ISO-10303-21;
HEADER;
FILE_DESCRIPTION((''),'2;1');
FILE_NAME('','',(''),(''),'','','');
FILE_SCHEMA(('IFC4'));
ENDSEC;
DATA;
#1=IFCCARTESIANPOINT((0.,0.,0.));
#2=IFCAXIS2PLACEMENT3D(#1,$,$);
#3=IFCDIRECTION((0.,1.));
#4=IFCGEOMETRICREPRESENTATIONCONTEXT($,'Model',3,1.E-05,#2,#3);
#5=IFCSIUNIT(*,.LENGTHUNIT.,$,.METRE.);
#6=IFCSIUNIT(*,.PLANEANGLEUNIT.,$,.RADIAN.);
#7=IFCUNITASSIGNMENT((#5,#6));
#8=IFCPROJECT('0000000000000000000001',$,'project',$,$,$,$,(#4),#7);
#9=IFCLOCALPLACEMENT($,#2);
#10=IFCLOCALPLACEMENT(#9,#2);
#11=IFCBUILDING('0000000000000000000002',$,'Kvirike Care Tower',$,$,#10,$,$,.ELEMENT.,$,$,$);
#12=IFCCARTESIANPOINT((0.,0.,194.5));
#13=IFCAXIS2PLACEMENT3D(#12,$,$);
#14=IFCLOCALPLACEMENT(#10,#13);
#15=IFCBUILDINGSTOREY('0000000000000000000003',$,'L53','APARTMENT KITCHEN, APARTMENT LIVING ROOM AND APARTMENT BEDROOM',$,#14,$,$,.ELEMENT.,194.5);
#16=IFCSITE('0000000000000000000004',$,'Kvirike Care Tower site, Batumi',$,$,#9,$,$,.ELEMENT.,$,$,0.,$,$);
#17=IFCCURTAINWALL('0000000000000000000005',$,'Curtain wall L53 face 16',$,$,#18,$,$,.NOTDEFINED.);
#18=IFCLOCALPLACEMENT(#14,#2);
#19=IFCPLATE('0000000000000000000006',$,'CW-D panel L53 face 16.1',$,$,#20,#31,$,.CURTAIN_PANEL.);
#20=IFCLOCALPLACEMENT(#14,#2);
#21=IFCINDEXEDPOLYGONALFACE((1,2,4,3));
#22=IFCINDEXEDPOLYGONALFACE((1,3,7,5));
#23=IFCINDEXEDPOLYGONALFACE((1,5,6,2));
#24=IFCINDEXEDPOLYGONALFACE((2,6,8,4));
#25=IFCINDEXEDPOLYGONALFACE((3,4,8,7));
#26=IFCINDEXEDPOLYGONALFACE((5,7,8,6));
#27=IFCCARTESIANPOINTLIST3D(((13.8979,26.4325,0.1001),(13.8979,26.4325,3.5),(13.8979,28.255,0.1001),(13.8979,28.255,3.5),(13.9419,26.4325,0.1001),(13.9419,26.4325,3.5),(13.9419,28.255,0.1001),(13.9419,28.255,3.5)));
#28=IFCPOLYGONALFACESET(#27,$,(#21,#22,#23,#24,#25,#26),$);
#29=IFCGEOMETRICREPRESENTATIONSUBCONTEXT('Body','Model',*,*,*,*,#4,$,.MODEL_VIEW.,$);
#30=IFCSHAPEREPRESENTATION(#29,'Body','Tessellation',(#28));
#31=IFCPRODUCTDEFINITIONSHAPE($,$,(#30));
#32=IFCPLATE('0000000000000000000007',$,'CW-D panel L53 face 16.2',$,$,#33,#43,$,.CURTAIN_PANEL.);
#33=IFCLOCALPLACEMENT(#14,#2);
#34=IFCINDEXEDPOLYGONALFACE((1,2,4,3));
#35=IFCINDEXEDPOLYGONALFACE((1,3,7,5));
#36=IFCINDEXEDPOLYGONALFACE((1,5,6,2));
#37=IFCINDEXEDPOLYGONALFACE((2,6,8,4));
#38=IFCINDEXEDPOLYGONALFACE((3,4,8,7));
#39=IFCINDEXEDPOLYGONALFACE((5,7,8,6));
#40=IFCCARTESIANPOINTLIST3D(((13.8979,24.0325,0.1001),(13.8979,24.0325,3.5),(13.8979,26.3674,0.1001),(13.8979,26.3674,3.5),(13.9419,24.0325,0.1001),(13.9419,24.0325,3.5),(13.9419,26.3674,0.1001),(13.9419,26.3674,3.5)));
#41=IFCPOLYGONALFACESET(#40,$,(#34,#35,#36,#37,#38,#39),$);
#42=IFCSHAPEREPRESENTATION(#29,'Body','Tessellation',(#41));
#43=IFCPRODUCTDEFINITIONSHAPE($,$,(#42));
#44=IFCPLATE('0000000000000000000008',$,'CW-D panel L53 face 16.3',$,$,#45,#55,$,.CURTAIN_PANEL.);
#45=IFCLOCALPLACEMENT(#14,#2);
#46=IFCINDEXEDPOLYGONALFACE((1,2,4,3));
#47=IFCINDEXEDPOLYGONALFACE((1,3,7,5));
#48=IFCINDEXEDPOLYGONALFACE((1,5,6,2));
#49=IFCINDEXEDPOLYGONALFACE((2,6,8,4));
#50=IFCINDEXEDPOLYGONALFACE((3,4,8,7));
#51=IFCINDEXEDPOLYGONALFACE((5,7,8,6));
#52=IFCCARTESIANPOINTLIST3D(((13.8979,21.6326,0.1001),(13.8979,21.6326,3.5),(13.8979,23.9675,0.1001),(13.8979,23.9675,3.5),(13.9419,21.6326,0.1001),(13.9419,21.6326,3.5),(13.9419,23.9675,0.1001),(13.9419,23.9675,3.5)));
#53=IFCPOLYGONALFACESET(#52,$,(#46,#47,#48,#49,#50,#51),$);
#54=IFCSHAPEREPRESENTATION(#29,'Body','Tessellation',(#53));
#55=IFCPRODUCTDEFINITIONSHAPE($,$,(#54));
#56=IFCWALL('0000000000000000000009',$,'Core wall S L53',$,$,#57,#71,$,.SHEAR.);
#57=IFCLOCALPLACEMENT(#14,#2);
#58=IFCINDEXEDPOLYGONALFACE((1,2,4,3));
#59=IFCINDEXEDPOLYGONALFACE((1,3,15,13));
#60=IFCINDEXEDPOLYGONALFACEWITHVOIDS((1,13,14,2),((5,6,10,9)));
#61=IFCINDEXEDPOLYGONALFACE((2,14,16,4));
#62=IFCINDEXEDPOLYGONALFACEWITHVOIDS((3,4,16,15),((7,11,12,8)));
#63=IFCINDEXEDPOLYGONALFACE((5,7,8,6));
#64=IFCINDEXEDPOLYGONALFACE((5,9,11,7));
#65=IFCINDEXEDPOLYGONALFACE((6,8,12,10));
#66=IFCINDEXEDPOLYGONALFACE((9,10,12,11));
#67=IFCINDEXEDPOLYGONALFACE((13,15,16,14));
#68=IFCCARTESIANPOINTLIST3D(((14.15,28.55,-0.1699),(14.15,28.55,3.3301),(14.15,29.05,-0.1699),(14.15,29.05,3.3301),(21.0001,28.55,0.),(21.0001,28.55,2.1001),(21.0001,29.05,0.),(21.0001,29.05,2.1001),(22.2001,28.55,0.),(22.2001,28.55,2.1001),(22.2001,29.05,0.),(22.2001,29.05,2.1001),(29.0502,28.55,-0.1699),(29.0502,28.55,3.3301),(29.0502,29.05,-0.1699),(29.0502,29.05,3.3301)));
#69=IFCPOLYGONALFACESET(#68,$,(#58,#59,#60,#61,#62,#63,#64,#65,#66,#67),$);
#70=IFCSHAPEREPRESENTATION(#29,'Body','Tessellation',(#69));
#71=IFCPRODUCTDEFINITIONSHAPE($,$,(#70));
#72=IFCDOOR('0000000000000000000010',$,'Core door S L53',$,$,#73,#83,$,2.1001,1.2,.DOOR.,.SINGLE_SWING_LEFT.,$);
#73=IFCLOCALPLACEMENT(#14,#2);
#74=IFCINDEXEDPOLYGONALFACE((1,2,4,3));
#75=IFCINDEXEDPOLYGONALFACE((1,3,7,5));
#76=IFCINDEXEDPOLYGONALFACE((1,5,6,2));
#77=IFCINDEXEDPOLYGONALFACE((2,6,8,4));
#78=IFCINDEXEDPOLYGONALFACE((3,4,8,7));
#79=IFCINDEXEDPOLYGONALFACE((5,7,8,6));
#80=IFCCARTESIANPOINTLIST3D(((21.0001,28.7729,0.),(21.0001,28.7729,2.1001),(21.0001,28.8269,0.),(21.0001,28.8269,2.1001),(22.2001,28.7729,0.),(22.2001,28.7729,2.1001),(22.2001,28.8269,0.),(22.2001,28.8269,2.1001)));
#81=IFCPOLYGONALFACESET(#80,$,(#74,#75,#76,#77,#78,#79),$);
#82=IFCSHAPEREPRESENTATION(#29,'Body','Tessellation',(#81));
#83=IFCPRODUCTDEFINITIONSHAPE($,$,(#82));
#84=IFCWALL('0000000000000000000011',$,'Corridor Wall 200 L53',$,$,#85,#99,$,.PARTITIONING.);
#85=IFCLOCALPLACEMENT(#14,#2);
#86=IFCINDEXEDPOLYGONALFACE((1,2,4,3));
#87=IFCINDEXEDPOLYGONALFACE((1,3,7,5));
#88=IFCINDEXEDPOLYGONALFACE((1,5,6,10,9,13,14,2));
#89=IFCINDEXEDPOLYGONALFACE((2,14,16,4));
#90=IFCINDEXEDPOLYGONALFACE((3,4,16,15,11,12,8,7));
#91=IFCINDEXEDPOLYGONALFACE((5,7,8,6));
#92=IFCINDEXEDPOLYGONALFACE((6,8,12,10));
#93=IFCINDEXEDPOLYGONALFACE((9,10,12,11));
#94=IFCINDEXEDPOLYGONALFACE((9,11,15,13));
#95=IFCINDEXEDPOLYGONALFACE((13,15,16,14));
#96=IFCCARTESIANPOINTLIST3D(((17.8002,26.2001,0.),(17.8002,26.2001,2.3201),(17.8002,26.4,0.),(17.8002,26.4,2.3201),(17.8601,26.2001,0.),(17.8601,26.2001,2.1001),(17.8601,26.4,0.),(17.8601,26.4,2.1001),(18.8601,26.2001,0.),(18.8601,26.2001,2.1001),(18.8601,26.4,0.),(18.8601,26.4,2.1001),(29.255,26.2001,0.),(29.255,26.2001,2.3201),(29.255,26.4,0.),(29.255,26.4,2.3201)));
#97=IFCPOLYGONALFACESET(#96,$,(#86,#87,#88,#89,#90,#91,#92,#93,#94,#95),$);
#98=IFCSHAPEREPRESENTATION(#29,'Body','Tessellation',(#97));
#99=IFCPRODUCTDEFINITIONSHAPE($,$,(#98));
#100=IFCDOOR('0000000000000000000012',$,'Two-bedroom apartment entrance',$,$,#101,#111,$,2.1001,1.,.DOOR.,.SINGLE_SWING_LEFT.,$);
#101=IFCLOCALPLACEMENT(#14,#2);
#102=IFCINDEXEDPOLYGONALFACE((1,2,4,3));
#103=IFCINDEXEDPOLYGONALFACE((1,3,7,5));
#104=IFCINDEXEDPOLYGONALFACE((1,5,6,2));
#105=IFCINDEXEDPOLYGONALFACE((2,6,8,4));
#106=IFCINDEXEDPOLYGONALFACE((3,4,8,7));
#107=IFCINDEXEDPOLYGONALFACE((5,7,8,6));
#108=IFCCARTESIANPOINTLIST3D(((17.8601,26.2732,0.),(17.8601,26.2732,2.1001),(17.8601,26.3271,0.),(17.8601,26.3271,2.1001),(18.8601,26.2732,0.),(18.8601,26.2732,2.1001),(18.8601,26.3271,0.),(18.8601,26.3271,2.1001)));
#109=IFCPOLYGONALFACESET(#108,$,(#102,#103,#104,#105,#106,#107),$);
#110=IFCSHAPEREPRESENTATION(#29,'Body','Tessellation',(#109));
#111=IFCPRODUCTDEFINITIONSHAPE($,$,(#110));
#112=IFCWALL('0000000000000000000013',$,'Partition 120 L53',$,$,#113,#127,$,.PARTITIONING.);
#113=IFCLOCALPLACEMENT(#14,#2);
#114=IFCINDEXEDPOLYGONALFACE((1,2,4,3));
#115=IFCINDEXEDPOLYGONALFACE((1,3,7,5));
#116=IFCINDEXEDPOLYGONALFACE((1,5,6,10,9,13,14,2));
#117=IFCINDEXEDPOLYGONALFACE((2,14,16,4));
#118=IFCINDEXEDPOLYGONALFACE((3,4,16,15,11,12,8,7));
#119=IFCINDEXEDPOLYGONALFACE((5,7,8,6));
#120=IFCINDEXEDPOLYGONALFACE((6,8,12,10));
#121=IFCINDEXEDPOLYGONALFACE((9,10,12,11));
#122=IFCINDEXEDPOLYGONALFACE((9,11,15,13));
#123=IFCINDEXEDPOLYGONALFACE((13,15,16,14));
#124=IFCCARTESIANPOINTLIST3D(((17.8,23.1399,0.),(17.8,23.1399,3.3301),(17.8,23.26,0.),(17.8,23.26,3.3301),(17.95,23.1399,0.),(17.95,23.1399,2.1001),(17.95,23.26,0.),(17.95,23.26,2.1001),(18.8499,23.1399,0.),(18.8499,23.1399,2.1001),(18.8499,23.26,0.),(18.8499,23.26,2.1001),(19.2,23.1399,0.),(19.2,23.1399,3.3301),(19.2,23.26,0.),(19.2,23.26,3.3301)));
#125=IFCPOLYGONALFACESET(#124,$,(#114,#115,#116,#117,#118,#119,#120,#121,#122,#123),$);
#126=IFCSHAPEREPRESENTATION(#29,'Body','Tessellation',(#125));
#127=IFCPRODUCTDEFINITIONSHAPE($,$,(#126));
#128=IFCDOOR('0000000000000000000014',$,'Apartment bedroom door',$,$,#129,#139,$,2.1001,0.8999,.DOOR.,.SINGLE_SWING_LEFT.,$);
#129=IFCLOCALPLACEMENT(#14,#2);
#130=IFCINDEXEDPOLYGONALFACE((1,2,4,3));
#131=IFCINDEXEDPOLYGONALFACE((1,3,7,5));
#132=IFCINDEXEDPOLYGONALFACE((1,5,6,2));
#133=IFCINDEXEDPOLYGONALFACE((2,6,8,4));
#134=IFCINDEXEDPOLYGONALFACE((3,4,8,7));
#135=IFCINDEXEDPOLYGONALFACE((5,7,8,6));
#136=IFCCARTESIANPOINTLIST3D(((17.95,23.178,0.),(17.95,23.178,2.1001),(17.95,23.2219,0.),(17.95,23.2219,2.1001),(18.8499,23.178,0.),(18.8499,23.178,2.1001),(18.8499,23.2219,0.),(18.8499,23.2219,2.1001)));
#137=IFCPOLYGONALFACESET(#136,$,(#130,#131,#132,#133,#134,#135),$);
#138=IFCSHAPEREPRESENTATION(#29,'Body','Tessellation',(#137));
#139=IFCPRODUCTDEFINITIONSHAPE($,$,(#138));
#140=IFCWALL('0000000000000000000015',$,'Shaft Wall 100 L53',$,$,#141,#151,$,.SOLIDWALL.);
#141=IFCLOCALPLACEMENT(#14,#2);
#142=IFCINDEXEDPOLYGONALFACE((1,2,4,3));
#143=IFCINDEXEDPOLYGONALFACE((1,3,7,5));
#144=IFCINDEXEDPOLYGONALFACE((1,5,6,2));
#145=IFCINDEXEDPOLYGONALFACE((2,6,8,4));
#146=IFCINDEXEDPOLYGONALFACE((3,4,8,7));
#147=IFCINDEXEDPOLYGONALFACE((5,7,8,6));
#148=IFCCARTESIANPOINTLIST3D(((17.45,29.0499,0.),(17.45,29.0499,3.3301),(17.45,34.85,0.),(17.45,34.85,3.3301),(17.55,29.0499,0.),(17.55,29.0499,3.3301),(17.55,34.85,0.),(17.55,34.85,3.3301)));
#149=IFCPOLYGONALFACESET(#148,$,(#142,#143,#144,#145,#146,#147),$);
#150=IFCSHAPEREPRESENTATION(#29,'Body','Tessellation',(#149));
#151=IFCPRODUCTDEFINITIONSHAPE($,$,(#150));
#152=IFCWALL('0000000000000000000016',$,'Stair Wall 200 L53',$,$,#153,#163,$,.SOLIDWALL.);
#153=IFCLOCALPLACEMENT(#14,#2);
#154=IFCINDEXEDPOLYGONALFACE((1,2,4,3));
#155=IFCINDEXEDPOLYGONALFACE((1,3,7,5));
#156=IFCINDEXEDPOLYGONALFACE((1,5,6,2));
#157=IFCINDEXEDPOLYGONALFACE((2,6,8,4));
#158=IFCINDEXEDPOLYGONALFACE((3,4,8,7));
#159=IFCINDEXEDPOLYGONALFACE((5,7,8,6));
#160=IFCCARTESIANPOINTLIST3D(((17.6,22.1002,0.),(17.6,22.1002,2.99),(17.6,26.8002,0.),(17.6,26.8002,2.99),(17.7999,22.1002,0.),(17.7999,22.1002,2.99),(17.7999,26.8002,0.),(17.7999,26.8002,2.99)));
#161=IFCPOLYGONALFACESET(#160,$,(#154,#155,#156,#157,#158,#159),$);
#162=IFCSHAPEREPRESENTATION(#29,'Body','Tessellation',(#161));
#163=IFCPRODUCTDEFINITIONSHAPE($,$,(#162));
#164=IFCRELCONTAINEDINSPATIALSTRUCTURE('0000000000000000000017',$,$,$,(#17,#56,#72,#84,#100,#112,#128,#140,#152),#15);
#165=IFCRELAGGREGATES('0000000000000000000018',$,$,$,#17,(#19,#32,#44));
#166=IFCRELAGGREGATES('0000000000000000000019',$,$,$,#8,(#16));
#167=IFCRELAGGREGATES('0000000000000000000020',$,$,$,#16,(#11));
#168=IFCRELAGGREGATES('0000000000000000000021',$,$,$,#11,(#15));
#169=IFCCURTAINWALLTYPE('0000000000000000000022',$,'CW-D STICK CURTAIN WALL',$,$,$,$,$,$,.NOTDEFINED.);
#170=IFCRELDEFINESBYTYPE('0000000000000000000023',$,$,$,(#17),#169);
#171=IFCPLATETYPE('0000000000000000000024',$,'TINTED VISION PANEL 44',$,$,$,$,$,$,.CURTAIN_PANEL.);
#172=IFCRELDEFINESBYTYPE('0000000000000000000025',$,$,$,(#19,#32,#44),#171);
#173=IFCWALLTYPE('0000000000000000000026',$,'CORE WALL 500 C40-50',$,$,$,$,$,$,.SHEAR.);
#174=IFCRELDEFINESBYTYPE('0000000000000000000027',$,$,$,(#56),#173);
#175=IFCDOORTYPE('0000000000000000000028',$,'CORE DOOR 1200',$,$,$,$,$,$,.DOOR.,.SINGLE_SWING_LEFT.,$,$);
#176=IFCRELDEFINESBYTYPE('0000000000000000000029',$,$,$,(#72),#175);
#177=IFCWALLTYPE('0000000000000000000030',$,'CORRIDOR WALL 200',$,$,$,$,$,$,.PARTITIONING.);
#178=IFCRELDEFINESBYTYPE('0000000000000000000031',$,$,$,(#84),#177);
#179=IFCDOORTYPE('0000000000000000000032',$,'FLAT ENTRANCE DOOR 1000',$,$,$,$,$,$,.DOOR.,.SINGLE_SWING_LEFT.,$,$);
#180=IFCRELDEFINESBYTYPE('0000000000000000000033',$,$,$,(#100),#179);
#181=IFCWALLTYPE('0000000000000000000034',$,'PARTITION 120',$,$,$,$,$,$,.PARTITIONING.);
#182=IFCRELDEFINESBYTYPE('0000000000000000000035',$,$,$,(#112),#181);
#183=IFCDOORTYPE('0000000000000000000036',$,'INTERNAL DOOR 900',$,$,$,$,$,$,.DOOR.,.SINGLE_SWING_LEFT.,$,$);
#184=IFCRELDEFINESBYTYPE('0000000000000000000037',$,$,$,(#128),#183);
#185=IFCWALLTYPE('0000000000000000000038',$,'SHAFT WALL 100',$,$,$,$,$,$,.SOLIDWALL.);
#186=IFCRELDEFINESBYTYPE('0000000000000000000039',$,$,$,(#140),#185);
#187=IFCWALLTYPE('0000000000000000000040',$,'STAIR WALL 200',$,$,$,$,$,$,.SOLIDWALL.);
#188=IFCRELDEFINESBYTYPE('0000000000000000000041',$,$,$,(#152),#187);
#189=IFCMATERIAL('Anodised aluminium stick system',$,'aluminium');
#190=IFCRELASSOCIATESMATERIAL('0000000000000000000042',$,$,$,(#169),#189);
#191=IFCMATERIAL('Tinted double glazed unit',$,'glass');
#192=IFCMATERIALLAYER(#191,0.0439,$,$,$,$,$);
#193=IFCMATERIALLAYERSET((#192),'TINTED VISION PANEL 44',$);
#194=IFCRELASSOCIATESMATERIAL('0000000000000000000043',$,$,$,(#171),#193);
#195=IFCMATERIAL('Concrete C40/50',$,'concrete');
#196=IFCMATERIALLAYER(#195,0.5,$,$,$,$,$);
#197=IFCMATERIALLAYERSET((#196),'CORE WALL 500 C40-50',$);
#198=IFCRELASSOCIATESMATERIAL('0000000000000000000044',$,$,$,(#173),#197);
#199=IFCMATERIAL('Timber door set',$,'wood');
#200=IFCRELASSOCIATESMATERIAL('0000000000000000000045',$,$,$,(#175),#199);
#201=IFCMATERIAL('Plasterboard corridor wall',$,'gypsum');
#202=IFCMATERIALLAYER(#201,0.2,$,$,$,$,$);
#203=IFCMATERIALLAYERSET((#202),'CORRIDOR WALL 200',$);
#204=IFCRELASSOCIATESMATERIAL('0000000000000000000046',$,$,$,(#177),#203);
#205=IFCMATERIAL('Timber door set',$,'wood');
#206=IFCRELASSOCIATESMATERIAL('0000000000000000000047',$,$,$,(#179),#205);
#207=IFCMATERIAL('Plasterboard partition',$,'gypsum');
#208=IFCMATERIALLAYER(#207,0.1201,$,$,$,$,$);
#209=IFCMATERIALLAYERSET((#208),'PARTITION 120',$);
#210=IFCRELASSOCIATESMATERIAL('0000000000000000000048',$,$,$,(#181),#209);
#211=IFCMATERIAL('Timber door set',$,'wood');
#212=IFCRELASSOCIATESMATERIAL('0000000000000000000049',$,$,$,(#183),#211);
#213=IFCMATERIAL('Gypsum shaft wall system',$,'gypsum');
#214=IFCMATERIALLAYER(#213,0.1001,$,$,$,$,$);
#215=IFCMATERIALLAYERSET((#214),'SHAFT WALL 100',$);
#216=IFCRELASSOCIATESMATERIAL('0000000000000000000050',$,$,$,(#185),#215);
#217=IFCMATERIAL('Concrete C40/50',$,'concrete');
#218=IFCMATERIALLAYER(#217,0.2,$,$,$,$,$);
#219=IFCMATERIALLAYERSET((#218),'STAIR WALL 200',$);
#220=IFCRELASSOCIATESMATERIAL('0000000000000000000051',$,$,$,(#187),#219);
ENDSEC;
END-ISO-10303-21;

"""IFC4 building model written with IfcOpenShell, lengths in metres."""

from ifc_helpers import new_model, si_unit, direction, frame, frame_2d, origin, origin_2d, place, context, subcontext, project, spatial, rectangle, extrude, material, layer, layer_set, type_object, element, fill, aggregate, save


model = new_model("IFC4")

# Units and contexts
model_context = context("Model", 3, precision=1e-05, world=origin(), true_north=direction((0.0, 1.0)))
body_context = subcontext(model_context, "Body", "Model", "MODEL_VIEW")
ifc_project = project(units=[si_unit("LENGTHUNIT", "METRE"), si_unit("PLANEANGLEUNIT", "RADIAN")], contexts=[model_context])

# Site, building, storey
site_placement = place(None, origin())
site = spatial("IfcSite", under=ifc_project, at=site_placement, Name="Kvirike Care Tower site, Batumi", CompositionType="ELEMENT", RefElevation=0.0)
building_placement = place(site_placement, origin())
building = spatial("IfcBuilding", under=site, at=building_placement, Name="Kvirike Care Tower", CompositionType="ELEMENT")
storey_placement = place(building_placement, frame((0.0, 0.0, 194.5)))
storey = spatial("IfcBuildingStorey", under=building, at=storey_placement, Name="L53", Description="APARTMENT KITCHEN, APARTMENT LIVING ROOM AND APARTMENT BEDROOM", CompositionType="ELEMENT", Elevation=194.5)

# Shared definitions
ifc_material_1 = material(Name="Anodised aluminium stick system", Category="aluminium")
curtain_wall_type = type_object("IfcCurtainWallType", Name="CW-D STICK CURTAIN WALL", PredefinedType="NOTDEFINED", material=ifc_material_1)

# Curtain wall
curtain_wall_1_placement = place(storey_placement, origin())
curtain_wall_1 = element("IfcCurtainWall", 1, at=curtain_wall_1_placement, inside=storey, type_object=curtain_wall_type, Name="Curtain wall L53 face 16", PredefinedType="NOTDEFINED")

# Plates
ifc_material_2 = material(Name="Tinted double glazed unit", Category="glass")
ifc_layer_1 = layer(ifc_material_2, 0.0439)
ifc_layer_set_1 = layer_set([ifc_layer_1], Name="TINTED VISION PANEL 44")
plate_type = type_object("IfcPlateType", Name="TINTED VISION PANEL 44", PredefinedType="CURTAIN_PANEL", material=ifc_layer_set_1)
plate_1_placement = place(storey_placement, frame((13.9199, 27.3438, 0.1001), z_axis=(0.0, 0.0, 1.0), x_axis=(0.0, -1.0, 0.0)))
plate_1 = element("IfcPlate", 2, at=plate_1_placement, type_object=plate_type, Name="CW-D panel L53 face 16.1", PredefinedType="CURTAIN_PANEL", context=body_context, shape_type="SweptSolid", body=[
    extrude(rectangle(XDim=1.8225, YDim=0.0439, at=origin_2d()), origin(), (0.0, 0.0, 1.0), 3.3999),
])
plate_2_placement = place(storey_placement, frame((13.9199, 25.2, 0.1001), z_axis=(0.0, 0.0, 1.0), x_axis=(0.0, -1.0, 0.0)))
plate_2 = element("IfcPlate", 3, at=plate_2_placement, type_object=plate_type, Name="CW-D panel L53 face 16.2", PredefinedType="CURTAIN_PANEL", context=body_context, shape_type="SweptSolid", body=[
    extrude(rectangle(XDim=2.335, YDim=0.0439, at=origin_2d()), origin(), (0.0, 0.0, 1.0), 3.3999),
])
plate_3_placement = place(storey_placement, frame((13.9199, 22.8, 0.1001), z_axis=(0.0, 0.0, 1.0), x_axis=(0.0, -1.0, 0.0)))
plate_3 = element("IfcPlate", 4, at=plate_3_placement, type_object=plate_type, Name="CW-D panel L53 face 16.3", PredefinedType="CURTAIN_PANEL", context=body_context, shape_type="SweptSolid", body=[
    extrude(rectangle(XDim=2.335, YDim=0.0439, at=origin_2d()), origin(), (0.0, 0.0, 1.0), 3.3999),
])
aggregate(curtain_wall_1, [plate_1, plate_2, plate_3])

# Walls, openings, doors
ifc_material_3 = material(Name="Concrete C40/50", Category="concrete")
ifc_layer_2 = layer(ifc_material_3, 0.5)
ifc_layer_set_2 = layer_set([ifc_layer_2], Name="CORE WALL 500 C40-50")
wall_type_1 = type_object("IfcWallType", Name="CORE WALL 500 C40-50", PredefinedType="SHEAR", material=ifc_layer_set_2)
wall_1_placement = place(storey_placement, frame((14.1499, 28.8, -0.1699), z_axis=(0.0, 0.0, 1.0), x_axis=(1.0, 0.0, 0.0)))
wall_1 = element("IfcWall", 5, at=wall_1_placement, inside=storey, type_object=wall_type_1, Name="Core wall S L53", PredefinedType="SHEAR", context=body_context, shape_type="SweptSolid", body=[
    extrude(rectangle(XDim=14.9001, YDim=0.5, at=frame_2d((7.4502, 0.0))), origin(), (0.0, 0.0, 1.0), 3.5),
])
opening_1_placement = place(wall_1_placement, frame((6.8501, 0.0, 0.1699)))
opening_1 = element("IfcOpeningElement", 6, at=opening_1_placement, cuts=wall_1, PredefinedType="OPENING", context=body_context, shape_type="SweptSolid", body=[
    extrude(rectangle(XDim=1.2, YDim=2.1001, at=frame_2d((0.6001, 1.05))), frame((0.0, 0.2605, 0.0), z_axis=(0.0, -1.0, 0.0), x_axis=(1.0, 0.0, 0.0)), (0.0, 0.0, 1.0), 0.521),
])
ifc_material_4 = material(Name="Timber door set", Category="wood")
door_type_1 = type_object("IfcDoorType", Name="CORE DOOR 1200", OperationType="SINGLE_SWING_LEFT", PredefinedType="DOOR", material=ifc_material_4)
door_1_placement = place(opening_1_placement, origin())
door_1 = element("IfcDoor", 7, at=door_1_placement, inside=storey, type_object=door_type_1, Name="Core door S L53", OperationType="SINGLE_SWING_LEFT", OverallHeight=2.1001, OverallWidth=1.2, PredefinedType="DOOR", context=body_context, shape_type="SweptSolid", body=[
    extrude(rectangle(XDim=1.2, YDim=2.1001, at=frame_2d((0.6001, 1.05))), frame((0.0, 0.0269, 0.0), z_axis=(0.0, -1.0, 0.0), x_axis=(1.0, 0.0, 0.0)), (0.0, 0.0, 1.0), 0.054),
])
fill(opening_1, door_1)
ifc_material_5 = material(Name="Plasterboard corridor wall", Category="gypsum")
ifc_layer_3 = layer(ifc_material_5, 0.2)
ifc_layer_set_3 = layer_set([ifc_layer_3], Name="CORRIDOR WALL 200")
wall_type_2 = type_object("IfcWallType", Name="CORRIDOR WALL 200", PredefinedType="PARTITIONING", material=ifc_layer_set_3)
wall_2_placement = place(storey_placement, frame((17.8, 26.3, 0.0), z_axis=(0.0, 0.0, 1.0), x_axis=(1.0, 0.0, 0.0)))
wall_2 = element("IfcWall", 8, at=wall_2_placement, inside=storey, type_object=wall_type_2, Name="Corridor Wall 200 L53", PredefinedType="PARTITIONING", context=body_context, shape_type="SweptSolid", body=[
    extrude(rectangle(XDim=11.4548, YDim=0.2, at=frame_2d((5.7275, 0.0))), origin(), (0.0, 0.0, 1.0), 2.3201),
])
opening_2_placement = place(wall_2_placement, frame((0.0601, 0.0, 0.0)))
opening_2 = element("IfcOpeningElement", 9, at=opening_2_placement, cuts=wall_2, PredefinedType="OPENING", context=body_context, shape_type="SweptSolid", body=[
    extrude(rectangle(XDim=1.0, YDim=2.1001, at=frame_2d((0.5, 1.05))), frame((0.0, 0.1106, 0.0), z_axis=(0.0, -1.0, 0.0), x_axis=(1.0, 0.0, 0.0)), (0.0, 0.0, 1.0), 0.2209),
])
ifc_material_6 = material(Name="Timber door set", Category="wood")
door_type_2 = type_object("IfcDoorType", Name="FLAT ENTRANCE DOOR 1000", OperationType="SINGLE_SWING_LEFT", PredefinedType="DOOR", material=ifc_material_6)
door_2_placement = place(opening_2_placement, frame((1.0, 0.0, 0.0), z_axis=(0.0, 0.0, 1.0), x_axis=(-1.0, 0.0, 0.0)))
door_2 = element("IfcDoor", 10, at=door_2_placement, inside=storey, type_object=door_type_2, Name="Two-bedroom apartment entrance", OperationType="SINGLE_SWING_LEFT", OverallHeight=2.1001, OverallWidth=1.0, PredefinedType="DOOR", context=body_context, shape_type="SweptSolid", body=[
    extrude(rectangle(XDim=1.0, YDim=2.1001, at=frame_2d((0.5, 1.05))), frame((0.0, 0.0269, 0.0), z_axis=(0.0, -1.0, 0.0), x_axis=(1.0, 0.0, 0.0)), (0.0, 0.0, 1.0), 0.054),
])
fill(opening_2, door_2)
ifc_material_7 = material(Name="Plasterboard partition", Category="gypsum")
ifc_layer_4 = layer(ifc_material_7, 0.1201)
ifc_layer_set_4 = layer_set([ifc_layer_4], Name="PARTITION 120")
wall_type_3 = type_object("IfcWallType", Name="PARTITION 120", PredefinedType="PARTITIONING", material=ifc_layer_set_4)
wall_3_placement = place(storey_placement, frame((17.8, 23.2, 0.0), z_axis=(0.0, 0.0, 1.0), x_axis=(1.0, 0.0, 0.0)))
wall_3 = element("IfcWall", 11, at=wall_3_placement, inside=storey, type_object=wall_type_3, Name="Partition 120 L53", PredefinedType="PARTITIONING", context=body_context, shape_type="SweptSolid", body=[
    extrude(rectangle(XDim=1.3999, YDim=0.1201, at=frame_2d((0.7, 0.0))), origin(), (0.0, 0.0, 1.0), 3.3301),
])
opening_3_placement = place(wall_3_placement, frame((0.1499, 0.0, 0.0)))
opening_3 = element("IfcOpeningElement", 12, at=opening_3_placement, cuts=wall_3, PredefinedType="OPENING", context=body_context, shape_type="SweptSolid", body=[
    extrude(rectangle(XDim=0.8999, YDim=2.1001, at=frame_2d((0.45, 1.05))), frame((0.0, 0.0706, 0.0), z_axis=(0.0, -1.0, 0.0), x_axis=(1.0, 0.0, 0.0)), (0.0, 0.0, 1.0), 0.1411),
])
ifc_material_8 = material(Name="Timber door set", Category="wood")
door_type_3 = type_object("IfcDoorType", Name="INTERNAL DOOR 900", OperationType="SINGLE_SWING_LEFT", PredefinedType="DOOR", material=ifc_material_8)
door_3_placement = place(opening_3_placement, frame((0.8999, 0.0, 0.0), z_axis=(0.0, 0.0, 1.0), x_axis=(-1.0, 0.0, 0.0)))
door_3 = element("IfcDoor", 13, at=door_3_placement, inside=storey, type_object=door_type_3, Name="Apartment bedroom door", OperationType="SINGLE_SWING_LEFT", OverallHeight=2.1001, OverallWidth=0.8999, PredefinedType="DOOR", context=body_context, shape_type="SweptSolid", body=[
    extrude(rectangle(XDim=0.8999, YDim=2.1001, at=frame_2d((0.45, 1.05))), frame((0.0, 0.022, 0.0), z_axis=(0.0, -1.0, 0.0), x_axis=(1.0, 0.0, 0.0)), (0.0, 0.0, 1.0), 0.0439),
])
fill(opening_3, door_3)

# Walls
ifc_material_9 = material(Name="Gypsum shaft wall system", Category="gypsum")
ifc_layer_5 = layer(ifc_material_9, 0.1001)
ifc_layer_set_5 = layer_set([ifc_layer_5], Name="SHAFT WALL 100")
wall_type_4 = type_object("IfcWallType", Name="SHAFT WALL 100", PredefinedType="SOLIDWALL", material=ifc_layer_set_5)
wall_4_placement = place(storey_placement, frame((17.5, 29.05, 0.0), z_axis=(0.0, 0.0, 1.0), x_axis=(0.0, 1.0, 0.0)))
element("IfcWall", 14, at=wall_4_placement, inside=storey, type_object=wall_type_4, Name="Shaft Wall 100 L53", PredefinedType="SOLIDWALL", context=body_context, shape_type="SweptSolid", body=[
    extrude(rectangle(XDim=5.8, YDim=0.1001, at=frame_2d((2.8999, 0.0))), origin(), (0.0, 0.0, 1.0), 3.3301),
])
ifc_material_10 = material(Name="Concrete C40/50", Category="concrete")
ifc_layer_6 = layer(ifc_material_10, 0.2)
ifc_layer_set_6 = layer_set([ifc_layer_6], Name="STAIR WALL 200")
wall_type_5 = type_object("IfcWallType", Name="STAIR WALL 200", PredefinedType="SOLIDWALL", material=ifc_layer_set_6)
wall_5_placement = place(storey_placement, frame((17.7, 22.1001, 0.0), z_axis=(0.0, 0.0, 1.0), x_axis=(0.0, 1.0, 0.0)))
element("IfcWall", 15, at=wall_5_placement, inside=storey, type_object=wall_type_5, Name="Stair Wall 200 L53", PredefinedType="SOLIDWALL", context=body_context, shape_type="SweptSolid", body=[
    extrude(rectangle(XDim=4.7, YDim=0.2, at=frame_2d((2.3501, 0.0))), origin(), (0.0, 0.0, 1.0), 2.99),
])

save(model, "model.ifc")
